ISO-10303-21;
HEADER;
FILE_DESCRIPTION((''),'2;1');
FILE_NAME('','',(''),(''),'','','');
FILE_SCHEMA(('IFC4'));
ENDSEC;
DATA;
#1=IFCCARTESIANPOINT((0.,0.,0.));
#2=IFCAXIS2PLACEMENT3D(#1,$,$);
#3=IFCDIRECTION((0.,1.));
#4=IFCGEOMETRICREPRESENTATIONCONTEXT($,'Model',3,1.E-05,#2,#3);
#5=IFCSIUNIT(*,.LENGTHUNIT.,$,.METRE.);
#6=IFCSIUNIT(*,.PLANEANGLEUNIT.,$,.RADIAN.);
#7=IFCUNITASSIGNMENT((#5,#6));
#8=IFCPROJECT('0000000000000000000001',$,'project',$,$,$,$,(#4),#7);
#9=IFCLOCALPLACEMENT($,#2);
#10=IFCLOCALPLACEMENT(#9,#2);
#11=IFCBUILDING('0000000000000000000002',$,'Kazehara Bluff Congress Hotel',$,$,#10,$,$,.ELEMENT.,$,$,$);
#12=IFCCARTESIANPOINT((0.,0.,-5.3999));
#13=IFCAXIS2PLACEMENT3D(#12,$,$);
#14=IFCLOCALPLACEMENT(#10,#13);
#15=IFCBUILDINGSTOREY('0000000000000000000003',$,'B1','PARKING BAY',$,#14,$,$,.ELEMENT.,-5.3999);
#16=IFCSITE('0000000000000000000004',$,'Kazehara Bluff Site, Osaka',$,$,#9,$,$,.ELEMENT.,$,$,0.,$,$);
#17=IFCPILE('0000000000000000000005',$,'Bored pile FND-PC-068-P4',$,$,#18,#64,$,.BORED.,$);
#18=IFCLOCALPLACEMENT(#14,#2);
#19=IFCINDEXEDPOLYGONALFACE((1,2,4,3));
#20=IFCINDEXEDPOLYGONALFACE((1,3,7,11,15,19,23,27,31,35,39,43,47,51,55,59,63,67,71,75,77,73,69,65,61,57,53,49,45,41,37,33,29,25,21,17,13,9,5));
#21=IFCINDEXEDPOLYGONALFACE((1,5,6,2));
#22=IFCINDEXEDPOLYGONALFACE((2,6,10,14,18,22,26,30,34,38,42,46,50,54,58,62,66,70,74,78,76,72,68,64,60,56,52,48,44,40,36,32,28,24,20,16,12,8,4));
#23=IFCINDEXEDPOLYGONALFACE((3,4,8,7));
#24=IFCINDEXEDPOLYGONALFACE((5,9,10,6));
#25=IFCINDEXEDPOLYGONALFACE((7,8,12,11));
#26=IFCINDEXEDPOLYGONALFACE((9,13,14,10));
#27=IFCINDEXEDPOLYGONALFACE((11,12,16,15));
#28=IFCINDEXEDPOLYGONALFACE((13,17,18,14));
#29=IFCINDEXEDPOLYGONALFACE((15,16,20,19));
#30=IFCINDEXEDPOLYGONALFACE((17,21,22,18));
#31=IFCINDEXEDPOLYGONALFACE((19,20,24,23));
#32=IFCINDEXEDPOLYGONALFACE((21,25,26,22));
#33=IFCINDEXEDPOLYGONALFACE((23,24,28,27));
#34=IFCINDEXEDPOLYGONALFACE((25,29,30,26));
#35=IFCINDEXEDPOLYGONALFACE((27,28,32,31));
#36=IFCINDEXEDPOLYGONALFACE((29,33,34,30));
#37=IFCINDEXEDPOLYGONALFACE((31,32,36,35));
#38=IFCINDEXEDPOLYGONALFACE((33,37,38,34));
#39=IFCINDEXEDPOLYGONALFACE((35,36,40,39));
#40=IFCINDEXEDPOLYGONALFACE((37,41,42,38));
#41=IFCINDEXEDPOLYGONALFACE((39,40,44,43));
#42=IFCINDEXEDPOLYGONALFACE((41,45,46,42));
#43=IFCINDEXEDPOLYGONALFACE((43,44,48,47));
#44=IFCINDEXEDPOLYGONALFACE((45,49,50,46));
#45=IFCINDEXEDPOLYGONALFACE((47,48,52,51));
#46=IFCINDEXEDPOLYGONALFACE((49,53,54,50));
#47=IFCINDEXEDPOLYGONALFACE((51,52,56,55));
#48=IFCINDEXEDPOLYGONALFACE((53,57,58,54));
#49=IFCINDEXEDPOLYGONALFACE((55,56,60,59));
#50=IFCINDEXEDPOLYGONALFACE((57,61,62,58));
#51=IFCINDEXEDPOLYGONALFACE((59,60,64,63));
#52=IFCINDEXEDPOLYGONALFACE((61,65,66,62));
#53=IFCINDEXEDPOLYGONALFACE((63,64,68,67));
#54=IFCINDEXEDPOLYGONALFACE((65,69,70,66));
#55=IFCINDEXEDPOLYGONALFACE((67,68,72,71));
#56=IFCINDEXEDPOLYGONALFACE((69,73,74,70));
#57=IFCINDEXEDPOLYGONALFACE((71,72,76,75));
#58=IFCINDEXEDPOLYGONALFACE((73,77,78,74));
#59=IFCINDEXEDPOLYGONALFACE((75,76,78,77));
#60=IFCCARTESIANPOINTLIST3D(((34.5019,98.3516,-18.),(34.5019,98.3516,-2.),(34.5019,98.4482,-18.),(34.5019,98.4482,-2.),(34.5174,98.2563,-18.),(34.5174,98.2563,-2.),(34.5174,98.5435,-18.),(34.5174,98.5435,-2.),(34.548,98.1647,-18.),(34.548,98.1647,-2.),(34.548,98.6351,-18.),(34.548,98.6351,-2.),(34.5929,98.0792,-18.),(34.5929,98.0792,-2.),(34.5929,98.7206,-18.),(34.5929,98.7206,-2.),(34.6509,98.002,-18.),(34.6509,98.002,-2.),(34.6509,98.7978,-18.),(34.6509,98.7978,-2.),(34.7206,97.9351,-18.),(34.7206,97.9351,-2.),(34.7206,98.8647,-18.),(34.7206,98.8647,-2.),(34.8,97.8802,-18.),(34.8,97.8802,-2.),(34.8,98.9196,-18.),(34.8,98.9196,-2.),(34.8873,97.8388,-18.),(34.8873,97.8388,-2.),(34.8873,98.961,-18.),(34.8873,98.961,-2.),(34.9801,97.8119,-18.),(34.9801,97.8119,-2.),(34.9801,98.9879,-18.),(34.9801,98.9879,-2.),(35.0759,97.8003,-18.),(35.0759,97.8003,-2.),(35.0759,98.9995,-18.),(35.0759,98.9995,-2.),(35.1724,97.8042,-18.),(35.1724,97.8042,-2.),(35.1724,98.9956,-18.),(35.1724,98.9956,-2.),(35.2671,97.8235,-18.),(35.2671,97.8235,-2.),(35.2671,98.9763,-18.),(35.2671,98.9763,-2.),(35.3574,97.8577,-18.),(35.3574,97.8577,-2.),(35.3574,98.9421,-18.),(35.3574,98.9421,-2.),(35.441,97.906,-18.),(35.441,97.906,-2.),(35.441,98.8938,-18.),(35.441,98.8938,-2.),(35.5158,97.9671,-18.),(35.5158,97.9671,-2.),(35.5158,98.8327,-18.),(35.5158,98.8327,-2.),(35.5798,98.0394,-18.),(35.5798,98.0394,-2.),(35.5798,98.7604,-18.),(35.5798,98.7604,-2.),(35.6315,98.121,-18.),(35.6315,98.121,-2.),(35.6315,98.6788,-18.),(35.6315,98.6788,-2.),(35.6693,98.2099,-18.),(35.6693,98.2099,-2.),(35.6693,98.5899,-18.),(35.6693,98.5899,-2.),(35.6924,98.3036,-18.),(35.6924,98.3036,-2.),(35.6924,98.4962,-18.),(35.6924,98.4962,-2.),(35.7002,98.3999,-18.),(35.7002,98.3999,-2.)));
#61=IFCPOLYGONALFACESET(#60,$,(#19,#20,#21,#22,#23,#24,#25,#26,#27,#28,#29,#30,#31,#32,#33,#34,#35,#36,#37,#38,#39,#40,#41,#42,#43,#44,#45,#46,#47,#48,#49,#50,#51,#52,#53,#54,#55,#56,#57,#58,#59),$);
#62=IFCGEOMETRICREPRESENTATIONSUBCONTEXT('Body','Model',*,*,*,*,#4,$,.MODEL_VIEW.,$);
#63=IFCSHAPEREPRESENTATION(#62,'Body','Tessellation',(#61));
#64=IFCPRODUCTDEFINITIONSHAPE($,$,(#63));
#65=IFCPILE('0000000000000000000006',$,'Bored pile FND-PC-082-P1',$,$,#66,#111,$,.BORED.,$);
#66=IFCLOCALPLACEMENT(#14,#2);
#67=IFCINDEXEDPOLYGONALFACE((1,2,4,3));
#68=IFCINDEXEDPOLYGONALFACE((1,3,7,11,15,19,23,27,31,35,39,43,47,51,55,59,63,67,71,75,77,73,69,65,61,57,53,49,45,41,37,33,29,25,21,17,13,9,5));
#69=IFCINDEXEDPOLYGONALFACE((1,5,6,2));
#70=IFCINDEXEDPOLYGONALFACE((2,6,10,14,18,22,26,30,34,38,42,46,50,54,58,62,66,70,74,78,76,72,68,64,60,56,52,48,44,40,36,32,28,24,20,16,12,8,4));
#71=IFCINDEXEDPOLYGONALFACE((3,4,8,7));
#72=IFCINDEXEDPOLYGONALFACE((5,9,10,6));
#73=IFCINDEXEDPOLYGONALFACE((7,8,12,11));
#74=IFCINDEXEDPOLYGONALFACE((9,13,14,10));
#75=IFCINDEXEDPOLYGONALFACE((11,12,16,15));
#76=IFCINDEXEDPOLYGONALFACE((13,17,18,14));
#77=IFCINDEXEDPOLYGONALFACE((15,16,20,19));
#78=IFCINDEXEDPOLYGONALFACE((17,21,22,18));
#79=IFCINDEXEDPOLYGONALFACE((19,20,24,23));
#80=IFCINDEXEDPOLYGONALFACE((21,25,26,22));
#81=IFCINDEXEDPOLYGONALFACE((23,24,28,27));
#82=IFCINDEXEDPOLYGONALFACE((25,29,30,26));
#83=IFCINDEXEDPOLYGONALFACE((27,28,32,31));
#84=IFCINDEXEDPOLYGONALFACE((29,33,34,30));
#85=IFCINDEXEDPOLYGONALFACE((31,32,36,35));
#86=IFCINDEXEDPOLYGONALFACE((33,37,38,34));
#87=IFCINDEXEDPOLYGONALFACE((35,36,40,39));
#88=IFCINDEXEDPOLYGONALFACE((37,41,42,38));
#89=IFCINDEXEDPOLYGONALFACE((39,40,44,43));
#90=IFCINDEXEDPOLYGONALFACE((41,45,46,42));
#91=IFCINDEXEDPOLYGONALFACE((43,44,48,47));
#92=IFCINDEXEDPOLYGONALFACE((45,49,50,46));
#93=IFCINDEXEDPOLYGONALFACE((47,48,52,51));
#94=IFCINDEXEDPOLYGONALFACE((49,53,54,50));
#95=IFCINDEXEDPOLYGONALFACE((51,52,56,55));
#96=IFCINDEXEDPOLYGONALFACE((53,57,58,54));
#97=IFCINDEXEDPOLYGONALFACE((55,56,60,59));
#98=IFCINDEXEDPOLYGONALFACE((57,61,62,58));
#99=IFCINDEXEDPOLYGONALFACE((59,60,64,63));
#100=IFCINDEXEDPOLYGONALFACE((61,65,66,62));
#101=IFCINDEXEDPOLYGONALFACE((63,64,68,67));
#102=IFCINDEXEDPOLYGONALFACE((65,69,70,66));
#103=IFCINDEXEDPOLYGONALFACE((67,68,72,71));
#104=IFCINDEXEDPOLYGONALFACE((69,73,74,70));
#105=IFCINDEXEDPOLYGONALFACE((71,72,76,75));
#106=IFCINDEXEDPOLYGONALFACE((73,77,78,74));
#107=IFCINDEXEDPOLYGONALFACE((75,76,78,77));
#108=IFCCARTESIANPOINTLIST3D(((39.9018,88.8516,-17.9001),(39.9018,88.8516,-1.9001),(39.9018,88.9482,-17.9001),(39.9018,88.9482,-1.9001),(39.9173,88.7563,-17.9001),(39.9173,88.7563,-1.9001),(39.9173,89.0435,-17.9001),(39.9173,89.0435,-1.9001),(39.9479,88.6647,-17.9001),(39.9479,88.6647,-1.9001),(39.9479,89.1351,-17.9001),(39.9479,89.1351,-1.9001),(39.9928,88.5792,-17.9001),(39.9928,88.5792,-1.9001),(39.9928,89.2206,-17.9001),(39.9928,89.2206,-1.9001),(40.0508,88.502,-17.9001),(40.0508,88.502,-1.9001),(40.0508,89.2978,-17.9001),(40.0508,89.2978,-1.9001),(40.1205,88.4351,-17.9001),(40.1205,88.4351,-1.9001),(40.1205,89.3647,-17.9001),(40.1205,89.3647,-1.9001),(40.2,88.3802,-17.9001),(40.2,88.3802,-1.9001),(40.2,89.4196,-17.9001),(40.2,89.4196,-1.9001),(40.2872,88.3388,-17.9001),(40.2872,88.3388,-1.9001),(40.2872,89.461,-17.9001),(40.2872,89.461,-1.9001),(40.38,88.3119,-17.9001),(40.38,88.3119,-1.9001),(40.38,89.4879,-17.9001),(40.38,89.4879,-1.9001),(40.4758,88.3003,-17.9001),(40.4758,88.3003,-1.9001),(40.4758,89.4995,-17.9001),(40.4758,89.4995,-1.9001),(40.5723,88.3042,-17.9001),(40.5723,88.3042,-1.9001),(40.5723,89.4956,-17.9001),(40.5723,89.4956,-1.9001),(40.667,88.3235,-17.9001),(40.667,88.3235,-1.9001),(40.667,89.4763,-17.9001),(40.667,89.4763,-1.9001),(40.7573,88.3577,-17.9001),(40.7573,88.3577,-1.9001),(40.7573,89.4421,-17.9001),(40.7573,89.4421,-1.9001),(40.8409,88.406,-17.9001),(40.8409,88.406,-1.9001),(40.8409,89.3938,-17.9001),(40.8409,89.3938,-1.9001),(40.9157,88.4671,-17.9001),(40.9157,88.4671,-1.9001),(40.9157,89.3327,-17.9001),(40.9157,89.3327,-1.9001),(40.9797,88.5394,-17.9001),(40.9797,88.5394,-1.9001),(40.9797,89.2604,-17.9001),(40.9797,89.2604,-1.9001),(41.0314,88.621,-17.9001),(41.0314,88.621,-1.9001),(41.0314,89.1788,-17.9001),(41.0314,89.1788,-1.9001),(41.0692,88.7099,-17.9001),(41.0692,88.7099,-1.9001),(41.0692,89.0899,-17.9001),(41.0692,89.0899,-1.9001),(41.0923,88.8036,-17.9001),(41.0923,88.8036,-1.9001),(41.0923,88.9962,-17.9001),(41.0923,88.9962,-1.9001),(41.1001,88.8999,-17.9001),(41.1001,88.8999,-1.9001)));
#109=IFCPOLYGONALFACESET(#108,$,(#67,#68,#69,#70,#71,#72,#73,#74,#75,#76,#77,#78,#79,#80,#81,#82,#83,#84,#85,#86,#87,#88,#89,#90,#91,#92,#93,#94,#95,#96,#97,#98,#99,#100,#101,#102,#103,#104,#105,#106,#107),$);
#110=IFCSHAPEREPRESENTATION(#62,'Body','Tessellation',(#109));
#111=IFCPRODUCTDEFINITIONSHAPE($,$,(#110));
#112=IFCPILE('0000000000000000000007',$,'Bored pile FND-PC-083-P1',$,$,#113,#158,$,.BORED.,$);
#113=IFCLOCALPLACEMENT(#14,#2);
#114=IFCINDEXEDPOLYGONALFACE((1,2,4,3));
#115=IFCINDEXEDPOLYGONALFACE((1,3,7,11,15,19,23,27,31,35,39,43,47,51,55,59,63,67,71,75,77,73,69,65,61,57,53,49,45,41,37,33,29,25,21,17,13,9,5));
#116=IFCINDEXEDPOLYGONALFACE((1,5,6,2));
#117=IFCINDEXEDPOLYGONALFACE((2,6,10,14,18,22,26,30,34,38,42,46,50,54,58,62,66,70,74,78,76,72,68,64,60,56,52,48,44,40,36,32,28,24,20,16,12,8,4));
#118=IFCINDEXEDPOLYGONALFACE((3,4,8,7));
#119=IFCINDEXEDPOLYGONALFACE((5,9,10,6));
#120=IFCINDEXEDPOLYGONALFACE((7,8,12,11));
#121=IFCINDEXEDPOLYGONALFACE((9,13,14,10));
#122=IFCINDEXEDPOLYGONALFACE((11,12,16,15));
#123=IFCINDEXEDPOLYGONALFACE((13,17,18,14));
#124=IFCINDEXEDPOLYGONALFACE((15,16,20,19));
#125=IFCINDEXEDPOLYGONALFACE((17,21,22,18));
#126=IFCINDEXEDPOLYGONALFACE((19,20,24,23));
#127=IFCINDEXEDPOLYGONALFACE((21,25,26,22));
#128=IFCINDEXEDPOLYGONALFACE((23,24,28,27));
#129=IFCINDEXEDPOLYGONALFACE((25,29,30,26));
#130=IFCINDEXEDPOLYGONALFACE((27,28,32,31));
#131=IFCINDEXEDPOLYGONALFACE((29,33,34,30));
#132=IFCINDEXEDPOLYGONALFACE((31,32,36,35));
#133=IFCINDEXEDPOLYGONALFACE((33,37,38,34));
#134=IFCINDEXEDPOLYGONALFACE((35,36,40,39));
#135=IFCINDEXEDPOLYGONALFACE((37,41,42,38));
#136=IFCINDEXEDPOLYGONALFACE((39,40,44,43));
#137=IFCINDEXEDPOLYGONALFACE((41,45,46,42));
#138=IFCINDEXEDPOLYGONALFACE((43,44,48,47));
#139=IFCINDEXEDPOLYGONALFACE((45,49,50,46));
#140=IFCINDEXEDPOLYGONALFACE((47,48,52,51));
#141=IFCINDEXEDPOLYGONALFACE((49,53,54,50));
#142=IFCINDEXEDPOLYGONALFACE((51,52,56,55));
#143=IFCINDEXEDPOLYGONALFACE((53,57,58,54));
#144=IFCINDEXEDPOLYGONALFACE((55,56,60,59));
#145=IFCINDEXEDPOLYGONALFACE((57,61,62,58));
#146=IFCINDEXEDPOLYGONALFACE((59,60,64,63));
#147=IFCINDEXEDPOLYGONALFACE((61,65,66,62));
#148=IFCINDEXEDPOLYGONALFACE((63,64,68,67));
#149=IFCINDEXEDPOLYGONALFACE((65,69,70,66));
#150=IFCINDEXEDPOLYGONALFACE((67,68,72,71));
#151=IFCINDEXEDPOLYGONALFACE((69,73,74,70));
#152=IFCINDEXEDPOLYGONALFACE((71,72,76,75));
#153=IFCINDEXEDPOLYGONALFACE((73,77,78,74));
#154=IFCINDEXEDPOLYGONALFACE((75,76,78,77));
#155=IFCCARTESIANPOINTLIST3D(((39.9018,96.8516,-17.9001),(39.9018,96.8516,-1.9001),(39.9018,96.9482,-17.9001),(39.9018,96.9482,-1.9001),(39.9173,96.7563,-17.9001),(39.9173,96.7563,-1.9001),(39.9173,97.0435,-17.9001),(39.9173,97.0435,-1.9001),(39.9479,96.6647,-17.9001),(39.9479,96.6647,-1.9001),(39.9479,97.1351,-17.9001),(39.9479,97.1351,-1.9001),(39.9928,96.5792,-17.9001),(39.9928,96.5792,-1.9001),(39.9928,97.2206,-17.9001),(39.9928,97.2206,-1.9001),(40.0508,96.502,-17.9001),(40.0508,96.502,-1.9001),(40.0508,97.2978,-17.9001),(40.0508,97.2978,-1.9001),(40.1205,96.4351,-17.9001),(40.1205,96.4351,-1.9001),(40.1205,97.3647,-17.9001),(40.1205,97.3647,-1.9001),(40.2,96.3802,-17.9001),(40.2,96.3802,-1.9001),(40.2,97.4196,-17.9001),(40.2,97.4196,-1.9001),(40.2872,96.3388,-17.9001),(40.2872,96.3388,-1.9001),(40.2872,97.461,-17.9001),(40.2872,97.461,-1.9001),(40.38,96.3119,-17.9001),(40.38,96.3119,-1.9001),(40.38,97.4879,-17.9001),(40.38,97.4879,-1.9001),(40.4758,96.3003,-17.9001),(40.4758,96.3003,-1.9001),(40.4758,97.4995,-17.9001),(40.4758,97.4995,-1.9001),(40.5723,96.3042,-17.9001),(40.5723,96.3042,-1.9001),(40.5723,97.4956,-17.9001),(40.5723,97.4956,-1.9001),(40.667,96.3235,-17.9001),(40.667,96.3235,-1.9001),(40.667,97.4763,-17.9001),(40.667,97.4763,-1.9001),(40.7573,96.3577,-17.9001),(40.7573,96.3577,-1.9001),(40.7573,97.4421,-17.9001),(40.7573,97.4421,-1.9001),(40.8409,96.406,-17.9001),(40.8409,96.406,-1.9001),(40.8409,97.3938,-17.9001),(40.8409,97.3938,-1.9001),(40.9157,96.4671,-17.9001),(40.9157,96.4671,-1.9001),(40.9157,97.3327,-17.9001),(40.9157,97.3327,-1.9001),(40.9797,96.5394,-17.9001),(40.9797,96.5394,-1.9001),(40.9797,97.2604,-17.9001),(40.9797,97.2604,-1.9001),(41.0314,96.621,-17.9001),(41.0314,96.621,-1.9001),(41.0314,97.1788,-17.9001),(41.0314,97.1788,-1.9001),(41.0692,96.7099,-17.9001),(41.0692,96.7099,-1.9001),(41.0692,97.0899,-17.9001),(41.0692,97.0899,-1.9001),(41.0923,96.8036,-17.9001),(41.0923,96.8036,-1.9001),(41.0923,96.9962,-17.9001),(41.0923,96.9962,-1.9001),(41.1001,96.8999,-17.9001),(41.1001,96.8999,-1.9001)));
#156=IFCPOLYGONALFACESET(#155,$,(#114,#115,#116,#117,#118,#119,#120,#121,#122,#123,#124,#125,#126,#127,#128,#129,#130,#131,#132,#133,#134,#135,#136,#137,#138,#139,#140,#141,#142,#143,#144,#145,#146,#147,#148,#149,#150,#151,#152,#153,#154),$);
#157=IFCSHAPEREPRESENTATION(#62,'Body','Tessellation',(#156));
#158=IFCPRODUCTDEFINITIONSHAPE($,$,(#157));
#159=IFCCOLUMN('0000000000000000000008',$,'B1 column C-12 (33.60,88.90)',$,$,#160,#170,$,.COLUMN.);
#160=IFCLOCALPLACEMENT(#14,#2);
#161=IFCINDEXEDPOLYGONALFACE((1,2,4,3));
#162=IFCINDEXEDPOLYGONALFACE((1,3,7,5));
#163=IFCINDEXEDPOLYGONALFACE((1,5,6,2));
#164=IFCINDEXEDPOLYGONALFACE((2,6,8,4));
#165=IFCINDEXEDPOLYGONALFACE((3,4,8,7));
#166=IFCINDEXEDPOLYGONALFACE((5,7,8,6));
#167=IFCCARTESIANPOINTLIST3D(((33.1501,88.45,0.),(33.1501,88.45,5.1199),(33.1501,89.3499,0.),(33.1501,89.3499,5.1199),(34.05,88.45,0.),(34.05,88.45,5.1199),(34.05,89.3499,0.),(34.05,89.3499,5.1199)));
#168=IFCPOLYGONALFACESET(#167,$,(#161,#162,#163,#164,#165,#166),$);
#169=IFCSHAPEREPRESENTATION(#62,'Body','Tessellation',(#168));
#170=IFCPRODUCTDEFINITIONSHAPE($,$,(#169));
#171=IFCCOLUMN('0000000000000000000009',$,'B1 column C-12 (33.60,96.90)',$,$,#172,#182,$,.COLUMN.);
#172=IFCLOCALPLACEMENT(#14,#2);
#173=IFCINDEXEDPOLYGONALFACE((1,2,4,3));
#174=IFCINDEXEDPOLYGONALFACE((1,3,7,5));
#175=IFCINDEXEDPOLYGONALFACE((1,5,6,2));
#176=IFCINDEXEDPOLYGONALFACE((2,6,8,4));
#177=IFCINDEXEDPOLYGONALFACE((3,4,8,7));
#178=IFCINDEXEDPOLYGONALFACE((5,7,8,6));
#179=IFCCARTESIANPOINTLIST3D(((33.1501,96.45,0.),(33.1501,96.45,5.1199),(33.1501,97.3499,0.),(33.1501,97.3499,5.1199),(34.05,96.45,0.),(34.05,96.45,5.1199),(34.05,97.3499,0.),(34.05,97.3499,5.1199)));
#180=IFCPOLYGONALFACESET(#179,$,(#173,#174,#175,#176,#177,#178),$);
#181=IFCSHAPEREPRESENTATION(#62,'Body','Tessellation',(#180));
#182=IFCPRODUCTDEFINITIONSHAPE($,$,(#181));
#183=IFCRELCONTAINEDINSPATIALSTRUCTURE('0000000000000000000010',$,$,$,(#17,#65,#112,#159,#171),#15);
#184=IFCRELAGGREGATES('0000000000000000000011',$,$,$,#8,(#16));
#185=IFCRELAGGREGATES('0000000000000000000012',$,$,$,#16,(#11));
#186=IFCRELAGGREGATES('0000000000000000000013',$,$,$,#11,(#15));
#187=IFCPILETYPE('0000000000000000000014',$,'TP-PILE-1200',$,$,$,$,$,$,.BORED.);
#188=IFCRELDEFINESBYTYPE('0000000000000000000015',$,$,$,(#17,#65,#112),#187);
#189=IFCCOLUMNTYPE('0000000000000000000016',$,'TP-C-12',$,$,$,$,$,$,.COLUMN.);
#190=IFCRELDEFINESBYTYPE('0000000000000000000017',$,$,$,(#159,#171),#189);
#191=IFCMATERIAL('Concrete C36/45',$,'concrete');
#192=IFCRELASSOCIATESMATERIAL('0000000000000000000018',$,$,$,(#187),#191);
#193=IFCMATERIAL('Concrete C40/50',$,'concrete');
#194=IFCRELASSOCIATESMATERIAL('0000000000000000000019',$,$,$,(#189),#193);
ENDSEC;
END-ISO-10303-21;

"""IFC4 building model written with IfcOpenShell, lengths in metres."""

from ifc_helpers import new_model, si_unit, direction, frame, origin, origin_2d, place, context, subcontext, project, spatial, rectangle, circle, extrude, material, material_profile, profile_set, type_object, element, save


model = new_model("IFC4")

# Units and contexts
model_context = context("Model", 3, precision=1e-05, world=origin(), true_north=direction((0.0, 1.0)))
body_context = subcontext(model_context, "Body", "Model", "MODEL_VIEW")
ifc_project = project(units=[si_unit("LENGTHUNIT", "METRE"), si_unit("PLANEANGLEUNIT", "RADIAN")], contexts=[model_context])

# Site, building, storey
site_placement = place(None, origin())
site = spatial("IfcSite", under=ifc_project, at=site_placement, Name="Kazehara Bluff Site, Osaka", CompositionType="ELEMENT", RefElevation=0.0)
building_placement = place(site_placement, origin())
building = spatial("IfcBuilding", under=site, at=building_placement, Name="Kazehara Bluff Congress Hotel", CompositionType="ELEMENT")
storey_placement = place(building_placement, frame((0.0, 0.0, -5.3999)))
storey = spatial("IfcBuildingStorey", under=building, at=storey_placement, Name="B1", Description="PARKING BAY", CompositionType="ELEMENT", Elevation=-5.3999)

# Piles
ifc_material_1 = material(Name="Concrete C36/45", Category="concrete")
ifc_material_profile_1 = material_profile(ifc_material_1, circle(Radius=0.6001, at=origin_2d()))
ifc_profile_set_1 = profile_set([ifc_material_profile_1], Name="Concrete C36/45")
pile_type = type_object("IfcPileType", Name="TP-PILE-1200", PredefinedType="BORED", material=ifc_profile_set_1)
for number, where, z_axis, x_axis, name in (
    (1, (35.1001, 98.3999, -2.0), (0.0, 0.0, -1.0), (1.0, 0.0, 0.0), "Bored pile FND-PC-068-P4"),
    (2, (40.5, 88.8999, -1.9001), (0.0, 0.0, -1.0), (1.0, 0.0, 0.0), "Bored pile FND-PC-082-P1"),
    (3, (40.5, 96.8999, -1.9001), (0.0, 0.0, -1.0), (1.0, 0.0, 0.0), "Bored pile FND-PC-083-P1"),
):
    element("IfcPile", number, at=place(storey_placement, frame(where, z_axis=z_axis, x_axis=x_axis)), inside=storey, type_object=pile_type, Name=name, PredefinedType="BORED", context=body_context, shape_type="SweptSolid", body=[
        extrude(circle(Radius=0.6001, at=origin_2d()), origin(), (0.0, 0.0, 1.0), 16.0),
    ])

# Columns
ifc_material_2 = material(Name="Concrete C40/50", Category="concrete")
ifc_material_profile_2 = material_profile(ifc_material_2, rectangle(XDim=0.8999, YDim=0.8999, at=origin_2d()))
ifc_profile_set_2 = profile_set([ifc_material_profile_2], Name="Concrete C40/50")
column_type = type_object("IfcColumnType", Name="TP-C-12", PredefinedType="COLUMN", material=ifc_profile_set_2)
for number, where, z_axis, x_axis, name in (
    (4, (33.6001, 88.8999, 0.0), (0.0, 0.0, 1.0), (1.0, 0.0, 0.0), "B1 column C-12 (33.60,88.90)"),
    (5, (33.6001, 96.8999, 0.0), (0.0, 0.0, 1.0), (1.0, 0.0, 0.0), "B1 column C-12 (33.60,96.90)"),
):
    element("IfcColumn", number, at=place(storey_placement, frame(where, z_axis=z_axis, x_axis=x_axis)), inside=storey, type_object=column_type, Name=name, PredefinedType="COLUMN", context=body_context, shape_type="SweptSolid", body=[
        extrude(rectangle(XDim=0.8999, YDim=0.8999, at=origin_2d()), origin(), (0.0, 0.0, 1.0), 5.1199),
    ])

save(model, "model.ifc")
